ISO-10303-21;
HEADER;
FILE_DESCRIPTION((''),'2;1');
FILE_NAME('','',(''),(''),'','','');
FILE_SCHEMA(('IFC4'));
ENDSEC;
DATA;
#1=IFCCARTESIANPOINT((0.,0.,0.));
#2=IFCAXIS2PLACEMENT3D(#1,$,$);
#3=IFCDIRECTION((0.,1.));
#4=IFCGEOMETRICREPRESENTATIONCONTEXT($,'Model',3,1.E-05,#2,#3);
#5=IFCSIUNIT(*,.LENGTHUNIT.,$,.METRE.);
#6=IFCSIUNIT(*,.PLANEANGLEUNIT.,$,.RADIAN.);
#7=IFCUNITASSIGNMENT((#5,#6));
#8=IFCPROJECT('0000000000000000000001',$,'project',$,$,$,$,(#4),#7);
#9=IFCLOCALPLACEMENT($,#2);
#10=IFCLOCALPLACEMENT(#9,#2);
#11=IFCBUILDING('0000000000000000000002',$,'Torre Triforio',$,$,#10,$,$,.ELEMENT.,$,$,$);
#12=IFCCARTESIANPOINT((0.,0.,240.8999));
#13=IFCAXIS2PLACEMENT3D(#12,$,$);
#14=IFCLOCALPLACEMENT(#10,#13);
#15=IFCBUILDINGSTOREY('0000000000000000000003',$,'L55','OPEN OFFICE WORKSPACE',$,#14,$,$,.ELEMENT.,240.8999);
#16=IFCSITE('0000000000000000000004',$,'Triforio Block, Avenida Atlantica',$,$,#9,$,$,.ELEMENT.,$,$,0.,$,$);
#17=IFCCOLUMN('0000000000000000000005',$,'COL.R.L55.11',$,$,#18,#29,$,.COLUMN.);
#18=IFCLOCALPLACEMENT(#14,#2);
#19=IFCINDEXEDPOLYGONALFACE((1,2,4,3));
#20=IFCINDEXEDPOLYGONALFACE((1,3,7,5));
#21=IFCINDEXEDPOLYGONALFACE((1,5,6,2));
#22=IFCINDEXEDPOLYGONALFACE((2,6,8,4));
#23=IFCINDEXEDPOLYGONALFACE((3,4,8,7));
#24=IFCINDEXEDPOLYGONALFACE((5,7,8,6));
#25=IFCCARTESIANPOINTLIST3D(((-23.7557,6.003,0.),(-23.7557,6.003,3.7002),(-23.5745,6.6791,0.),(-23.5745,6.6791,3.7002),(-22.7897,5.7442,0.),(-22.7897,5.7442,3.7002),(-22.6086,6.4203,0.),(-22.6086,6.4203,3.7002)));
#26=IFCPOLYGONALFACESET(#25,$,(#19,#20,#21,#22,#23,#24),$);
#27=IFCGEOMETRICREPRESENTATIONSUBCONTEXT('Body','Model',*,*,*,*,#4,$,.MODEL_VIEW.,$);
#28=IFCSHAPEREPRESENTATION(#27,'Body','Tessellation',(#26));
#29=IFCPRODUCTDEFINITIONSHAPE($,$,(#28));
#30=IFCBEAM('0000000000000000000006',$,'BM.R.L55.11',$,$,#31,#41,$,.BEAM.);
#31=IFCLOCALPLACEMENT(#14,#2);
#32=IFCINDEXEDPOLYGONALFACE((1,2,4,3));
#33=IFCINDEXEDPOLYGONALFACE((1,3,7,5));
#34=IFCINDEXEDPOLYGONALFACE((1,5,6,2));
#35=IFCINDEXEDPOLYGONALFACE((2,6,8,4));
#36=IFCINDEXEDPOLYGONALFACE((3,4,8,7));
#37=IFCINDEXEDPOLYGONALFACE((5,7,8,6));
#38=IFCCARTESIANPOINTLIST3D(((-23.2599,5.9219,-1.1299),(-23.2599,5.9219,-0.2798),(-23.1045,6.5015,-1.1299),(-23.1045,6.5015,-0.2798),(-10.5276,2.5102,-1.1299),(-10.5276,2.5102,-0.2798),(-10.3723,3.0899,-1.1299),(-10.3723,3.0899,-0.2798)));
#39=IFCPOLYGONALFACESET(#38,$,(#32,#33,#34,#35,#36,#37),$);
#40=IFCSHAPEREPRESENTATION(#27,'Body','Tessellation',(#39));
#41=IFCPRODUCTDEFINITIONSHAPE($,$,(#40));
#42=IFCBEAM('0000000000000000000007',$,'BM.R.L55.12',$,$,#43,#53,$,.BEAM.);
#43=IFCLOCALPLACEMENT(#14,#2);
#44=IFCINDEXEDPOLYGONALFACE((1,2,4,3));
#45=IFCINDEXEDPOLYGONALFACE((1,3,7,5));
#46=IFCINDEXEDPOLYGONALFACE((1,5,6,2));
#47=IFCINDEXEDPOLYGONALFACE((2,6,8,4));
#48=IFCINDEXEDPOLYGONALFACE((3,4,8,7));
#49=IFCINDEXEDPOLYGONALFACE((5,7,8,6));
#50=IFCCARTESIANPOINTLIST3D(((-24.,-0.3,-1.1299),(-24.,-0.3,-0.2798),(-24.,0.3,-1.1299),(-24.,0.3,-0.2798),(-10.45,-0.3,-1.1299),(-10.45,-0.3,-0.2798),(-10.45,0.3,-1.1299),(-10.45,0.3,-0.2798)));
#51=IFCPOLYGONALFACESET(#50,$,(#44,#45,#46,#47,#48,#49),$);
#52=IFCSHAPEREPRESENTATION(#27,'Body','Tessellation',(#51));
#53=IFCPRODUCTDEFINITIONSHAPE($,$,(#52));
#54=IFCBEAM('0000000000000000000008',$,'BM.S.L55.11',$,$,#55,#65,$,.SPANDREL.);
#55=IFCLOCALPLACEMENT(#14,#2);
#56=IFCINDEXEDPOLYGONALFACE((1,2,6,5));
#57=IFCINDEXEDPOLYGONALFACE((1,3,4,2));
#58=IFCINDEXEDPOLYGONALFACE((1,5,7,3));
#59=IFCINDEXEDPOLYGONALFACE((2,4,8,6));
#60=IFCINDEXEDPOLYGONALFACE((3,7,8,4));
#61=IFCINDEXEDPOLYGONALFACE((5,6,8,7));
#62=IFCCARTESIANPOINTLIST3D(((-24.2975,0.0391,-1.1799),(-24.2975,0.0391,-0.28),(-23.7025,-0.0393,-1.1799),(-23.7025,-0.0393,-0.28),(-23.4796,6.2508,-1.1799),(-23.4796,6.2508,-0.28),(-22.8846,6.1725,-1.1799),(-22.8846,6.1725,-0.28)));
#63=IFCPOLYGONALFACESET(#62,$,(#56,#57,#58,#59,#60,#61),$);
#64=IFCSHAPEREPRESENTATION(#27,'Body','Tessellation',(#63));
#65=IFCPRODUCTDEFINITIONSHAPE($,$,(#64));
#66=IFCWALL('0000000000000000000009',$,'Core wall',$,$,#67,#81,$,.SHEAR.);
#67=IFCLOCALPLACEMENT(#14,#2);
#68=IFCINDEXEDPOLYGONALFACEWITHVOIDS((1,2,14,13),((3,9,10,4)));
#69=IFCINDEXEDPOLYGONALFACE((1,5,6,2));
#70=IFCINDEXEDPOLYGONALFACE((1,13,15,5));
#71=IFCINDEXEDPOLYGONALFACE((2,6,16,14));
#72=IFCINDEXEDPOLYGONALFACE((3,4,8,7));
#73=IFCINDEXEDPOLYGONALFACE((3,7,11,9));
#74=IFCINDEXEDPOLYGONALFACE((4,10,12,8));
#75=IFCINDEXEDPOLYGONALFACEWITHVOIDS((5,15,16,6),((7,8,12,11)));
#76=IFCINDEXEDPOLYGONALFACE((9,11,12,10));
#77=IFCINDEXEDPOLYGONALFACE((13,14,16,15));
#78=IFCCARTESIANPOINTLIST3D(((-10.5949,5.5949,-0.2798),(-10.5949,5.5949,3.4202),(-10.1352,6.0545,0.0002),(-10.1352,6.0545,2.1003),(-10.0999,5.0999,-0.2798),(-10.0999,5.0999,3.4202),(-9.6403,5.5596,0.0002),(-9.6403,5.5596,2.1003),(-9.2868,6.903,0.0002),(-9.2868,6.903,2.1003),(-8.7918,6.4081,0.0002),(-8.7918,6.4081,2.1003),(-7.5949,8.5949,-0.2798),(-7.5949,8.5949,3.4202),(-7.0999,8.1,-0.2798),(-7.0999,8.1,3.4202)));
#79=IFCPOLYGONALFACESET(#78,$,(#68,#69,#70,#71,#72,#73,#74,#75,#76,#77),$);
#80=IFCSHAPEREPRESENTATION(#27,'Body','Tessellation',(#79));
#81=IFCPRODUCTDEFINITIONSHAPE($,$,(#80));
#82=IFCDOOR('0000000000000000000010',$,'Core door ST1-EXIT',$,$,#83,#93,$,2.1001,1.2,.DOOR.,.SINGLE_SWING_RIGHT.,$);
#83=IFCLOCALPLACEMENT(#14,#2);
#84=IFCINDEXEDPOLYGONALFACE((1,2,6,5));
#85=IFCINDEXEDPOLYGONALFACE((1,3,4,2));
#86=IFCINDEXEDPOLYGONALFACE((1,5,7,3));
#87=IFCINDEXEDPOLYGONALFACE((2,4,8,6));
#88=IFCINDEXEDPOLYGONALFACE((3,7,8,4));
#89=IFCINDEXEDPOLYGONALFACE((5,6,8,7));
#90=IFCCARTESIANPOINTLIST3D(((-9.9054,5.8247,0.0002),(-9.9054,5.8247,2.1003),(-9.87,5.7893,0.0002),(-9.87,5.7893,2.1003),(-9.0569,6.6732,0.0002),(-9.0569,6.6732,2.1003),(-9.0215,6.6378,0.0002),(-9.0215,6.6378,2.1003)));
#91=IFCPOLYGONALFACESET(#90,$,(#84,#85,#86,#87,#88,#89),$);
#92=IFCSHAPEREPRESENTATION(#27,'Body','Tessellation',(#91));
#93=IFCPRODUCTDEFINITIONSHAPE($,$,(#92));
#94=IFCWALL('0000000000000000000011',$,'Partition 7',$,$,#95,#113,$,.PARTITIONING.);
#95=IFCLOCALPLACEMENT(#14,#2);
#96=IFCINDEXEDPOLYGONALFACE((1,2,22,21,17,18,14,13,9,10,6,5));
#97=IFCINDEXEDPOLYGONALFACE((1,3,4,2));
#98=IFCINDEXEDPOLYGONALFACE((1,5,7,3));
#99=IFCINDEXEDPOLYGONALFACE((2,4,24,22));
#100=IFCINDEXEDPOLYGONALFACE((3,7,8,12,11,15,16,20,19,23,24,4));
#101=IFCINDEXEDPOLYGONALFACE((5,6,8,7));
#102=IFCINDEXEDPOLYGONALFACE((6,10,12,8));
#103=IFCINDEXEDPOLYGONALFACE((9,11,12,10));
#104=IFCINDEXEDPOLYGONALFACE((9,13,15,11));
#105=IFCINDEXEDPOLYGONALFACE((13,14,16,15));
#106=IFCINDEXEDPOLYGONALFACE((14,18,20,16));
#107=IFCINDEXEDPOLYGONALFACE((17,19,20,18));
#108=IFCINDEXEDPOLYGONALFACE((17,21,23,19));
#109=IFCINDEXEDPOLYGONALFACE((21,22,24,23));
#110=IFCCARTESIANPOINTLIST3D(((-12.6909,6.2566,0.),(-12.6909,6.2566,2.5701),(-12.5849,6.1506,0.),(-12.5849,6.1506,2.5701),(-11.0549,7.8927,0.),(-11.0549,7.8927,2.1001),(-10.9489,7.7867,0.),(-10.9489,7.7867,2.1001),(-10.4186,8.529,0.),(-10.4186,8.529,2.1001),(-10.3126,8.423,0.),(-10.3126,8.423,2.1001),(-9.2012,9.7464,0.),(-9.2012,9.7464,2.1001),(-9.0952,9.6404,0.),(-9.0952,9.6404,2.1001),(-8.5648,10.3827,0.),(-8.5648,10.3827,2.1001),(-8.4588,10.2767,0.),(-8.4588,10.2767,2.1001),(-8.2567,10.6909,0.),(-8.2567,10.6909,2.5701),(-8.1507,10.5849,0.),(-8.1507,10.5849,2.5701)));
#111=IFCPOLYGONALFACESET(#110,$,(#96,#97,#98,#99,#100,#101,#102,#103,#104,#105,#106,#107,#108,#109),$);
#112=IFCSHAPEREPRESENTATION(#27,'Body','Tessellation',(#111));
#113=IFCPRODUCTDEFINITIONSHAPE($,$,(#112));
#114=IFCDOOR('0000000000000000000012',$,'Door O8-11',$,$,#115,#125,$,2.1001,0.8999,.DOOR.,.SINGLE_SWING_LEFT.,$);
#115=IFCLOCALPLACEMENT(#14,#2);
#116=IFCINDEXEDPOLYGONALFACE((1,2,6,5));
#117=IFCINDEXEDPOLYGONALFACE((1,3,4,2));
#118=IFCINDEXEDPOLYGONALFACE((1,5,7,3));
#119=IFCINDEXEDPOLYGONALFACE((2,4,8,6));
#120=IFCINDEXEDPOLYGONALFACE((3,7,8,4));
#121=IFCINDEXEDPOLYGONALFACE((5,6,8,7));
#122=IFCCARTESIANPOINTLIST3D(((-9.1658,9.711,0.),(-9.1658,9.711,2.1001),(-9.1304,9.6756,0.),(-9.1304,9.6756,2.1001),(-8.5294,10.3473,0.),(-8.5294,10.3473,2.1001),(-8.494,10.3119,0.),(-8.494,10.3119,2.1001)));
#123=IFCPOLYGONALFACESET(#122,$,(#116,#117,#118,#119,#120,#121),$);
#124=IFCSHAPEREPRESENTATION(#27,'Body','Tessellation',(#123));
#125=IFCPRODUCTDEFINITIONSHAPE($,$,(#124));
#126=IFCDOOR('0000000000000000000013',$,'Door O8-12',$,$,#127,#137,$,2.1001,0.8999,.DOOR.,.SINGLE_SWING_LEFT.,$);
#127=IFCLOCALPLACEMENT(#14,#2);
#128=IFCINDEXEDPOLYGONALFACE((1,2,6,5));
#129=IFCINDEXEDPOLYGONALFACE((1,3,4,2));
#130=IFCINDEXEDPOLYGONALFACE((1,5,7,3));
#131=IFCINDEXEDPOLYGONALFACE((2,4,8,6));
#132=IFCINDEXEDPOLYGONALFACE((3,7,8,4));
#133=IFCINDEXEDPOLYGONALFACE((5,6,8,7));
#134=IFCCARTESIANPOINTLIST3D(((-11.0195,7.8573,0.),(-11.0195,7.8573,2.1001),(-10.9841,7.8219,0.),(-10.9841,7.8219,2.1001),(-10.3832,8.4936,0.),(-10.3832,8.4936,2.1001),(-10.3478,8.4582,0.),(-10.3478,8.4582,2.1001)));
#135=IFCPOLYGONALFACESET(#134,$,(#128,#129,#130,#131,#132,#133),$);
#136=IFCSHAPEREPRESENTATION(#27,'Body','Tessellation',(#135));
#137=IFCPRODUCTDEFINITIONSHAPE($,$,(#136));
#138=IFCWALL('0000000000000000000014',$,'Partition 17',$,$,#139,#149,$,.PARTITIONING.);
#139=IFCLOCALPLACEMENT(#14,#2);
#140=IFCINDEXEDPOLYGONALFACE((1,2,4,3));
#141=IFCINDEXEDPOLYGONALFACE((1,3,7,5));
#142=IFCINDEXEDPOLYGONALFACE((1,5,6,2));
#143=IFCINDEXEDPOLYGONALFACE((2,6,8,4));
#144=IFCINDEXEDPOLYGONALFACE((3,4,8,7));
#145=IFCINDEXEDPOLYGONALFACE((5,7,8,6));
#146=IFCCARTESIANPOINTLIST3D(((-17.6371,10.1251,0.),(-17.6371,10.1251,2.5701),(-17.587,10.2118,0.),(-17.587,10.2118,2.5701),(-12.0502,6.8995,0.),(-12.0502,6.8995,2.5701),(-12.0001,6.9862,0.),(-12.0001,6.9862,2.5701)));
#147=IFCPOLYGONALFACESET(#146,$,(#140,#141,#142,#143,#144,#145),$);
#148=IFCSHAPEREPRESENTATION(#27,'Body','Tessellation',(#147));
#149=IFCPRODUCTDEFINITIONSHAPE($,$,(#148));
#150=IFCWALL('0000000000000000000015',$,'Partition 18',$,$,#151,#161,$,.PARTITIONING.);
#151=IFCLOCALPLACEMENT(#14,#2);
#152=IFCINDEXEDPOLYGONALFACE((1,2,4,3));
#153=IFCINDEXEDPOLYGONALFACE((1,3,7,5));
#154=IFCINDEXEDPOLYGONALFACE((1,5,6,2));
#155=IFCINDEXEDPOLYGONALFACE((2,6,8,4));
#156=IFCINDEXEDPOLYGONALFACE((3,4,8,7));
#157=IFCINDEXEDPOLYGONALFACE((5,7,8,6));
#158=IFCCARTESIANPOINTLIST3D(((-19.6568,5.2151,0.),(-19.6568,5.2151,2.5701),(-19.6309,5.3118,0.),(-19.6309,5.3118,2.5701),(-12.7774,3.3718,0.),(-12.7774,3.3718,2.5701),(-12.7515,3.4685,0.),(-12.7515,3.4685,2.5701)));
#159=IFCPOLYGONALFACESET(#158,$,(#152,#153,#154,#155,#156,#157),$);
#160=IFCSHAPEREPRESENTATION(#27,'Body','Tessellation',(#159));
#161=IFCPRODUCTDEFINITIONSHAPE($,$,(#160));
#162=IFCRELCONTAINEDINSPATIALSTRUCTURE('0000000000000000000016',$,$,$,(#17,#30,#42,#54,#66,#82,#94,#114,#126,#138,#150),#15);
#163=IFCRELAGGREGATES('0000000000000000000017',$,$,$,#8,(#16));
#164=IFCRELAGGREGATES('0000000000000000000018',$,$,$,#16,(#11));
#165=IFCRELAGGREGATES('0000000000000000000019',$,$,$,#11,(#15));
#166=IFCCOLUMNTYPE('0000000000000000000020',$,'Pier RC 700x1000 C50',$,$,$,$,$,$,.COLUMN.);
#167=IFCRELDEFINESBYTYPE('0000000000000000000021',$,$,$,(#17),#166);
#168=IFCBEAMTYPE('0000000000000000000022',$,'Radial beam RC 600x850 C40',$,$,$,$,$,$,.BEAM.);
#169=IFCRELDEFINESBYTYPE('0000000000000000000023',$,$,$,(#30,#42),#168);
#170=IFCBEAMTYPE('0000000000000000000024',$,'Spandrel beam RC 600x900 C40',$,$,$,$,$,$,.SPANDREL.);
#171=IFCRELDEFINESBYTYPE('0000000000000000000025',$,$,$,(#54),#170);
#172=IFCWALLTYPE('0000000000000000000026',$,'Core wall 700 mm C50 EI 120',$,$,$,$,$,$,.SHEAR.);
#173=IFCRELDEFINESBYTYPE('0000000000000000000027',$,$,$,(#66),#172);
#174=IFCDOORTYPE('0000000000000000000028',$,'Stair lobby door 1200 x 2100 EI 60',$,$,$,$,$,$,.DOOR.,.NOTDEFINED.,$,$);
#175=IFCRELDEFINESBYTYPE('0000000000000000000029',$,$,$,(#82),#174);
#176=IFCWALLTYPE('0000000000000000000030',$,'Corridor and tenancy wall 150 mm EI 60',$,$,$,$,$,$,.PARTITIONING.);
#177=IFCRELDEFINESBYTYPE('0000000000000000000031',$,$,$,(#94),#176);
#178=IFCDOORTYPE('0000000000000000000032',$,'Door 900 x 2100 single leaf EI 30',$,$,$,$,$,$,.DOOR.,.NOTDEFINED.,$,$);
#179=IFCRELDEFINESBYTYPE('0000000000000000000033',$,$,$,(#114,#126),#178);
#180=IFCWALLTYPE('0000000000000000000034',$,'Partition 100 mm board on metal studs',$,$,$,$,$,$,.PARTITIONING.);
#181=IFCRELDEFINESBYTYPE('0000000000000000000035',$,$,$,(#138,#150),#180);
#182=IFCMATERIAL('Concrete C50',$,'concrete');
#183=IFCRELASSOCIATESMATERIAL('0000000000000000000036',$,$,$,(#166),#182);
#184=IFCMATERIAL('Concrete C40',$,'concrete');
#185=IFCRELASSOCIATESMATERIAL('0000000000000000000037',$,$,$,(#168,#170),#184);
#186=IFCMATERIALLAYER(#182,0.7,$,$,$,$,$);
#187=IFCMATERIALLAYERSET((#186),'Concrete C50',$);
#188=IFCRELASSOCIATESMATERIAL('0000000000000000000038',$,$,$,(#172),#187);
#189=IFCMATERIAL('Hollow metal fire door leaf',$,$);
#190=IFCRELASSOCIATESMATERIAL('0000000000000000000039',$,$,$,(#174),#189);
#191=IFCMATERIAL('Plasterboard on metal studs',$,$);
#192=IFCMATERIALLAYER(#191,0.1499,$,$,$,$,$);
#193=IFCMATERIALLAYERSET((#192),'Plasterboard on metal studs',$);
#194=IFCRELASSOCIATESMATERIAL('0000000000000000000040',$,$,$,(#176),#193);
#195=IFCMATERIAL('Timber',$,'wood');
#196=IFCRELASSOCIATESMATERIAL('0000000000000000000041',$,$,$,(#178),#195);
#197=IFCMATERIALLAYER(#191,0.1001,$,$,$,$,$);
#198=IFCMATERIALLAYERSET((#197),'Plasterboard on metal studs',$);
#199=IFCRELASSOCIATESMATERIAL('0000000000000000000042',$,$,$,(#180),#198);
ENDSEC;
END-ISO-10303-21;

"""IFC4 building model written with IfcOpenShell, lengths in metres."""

from ifc_helpers import new_model, si_unit, direction, frame, frame_2d, origin, origin_2d, place, context, subcontext, project, spatial, rectangle, extrude, material, layer, layer_set, material_profile, profile_set, type_object, element, fill, save


model = new_model("IFC4")

# Units and contexts
model_context = context("Model", 3, precision=1e-05, world=origin(), true_north=direction((0.0, 1.0)))
body_context = subcontext(model_context, "Body", "Model", "MODEL_VIEW")
ifc_project = project(units=[si_unit("LENGTHUNIT", "METRE"), si_unit("PLANEANGLEUNIT", "RADIAN")], contexts=[model_context])

# Site, building, storey
site_placement = place(None, origin())
site = spatial("IfcSite", under=ifc_project, at=site_placement, Name="Triforio Block, Avenida Atlantica", CompositionType="ELEMENT", RefElevation=0.0)
building_placement = place(site_placement, origin())
building = spatial("IfcBuilding", under=site, at=building_placement, Name="Torre Triforio", CompositionType="ELEMENT")
storey_placement = place(building_placement, frame((0.0, 0.0, 240.8999)))
storey = spatial("IfcBuildingStorey", under=building, at=storey_placement, Name="L55", Description="OPEN OFFICE WORKSPACE", CompositionType="ELEMENT", Elevation=240.8999)

# Column
ifc_material_1 = material(Name="Concrete C50", Category="concrete")
ifc_material_profile_1 = material_profile(ifc_material_1, rectangle(XDim=0.7, YDim=1.0, at=origin_2d()), Name="RC 700x1000")
ifc_profile_set_1 = profile_set([ifc_material_profile_1], Name="Concrete C50")
column_type = type_object("IfcColumnType", Name="Pier RC 700x1000 C50", PredefinedType="COLUMN", material=ifc_profile_set_1)
column_placement = place(storey_placement, frame((-23.1821, 6.2117, 0.0), z_axis=(0.0, 0.0, 1.0), x_axis=(-0.258819, -0.965926, 0.0)))
element("IfcColumn", 1, at=column_placement, inside=storey, type_object=column_type, Name="COL.R.L55.11", PredefinedType="COLUMN", context=body_context, shape_type="SweptSolid", body=[
    extrude(rectangle(XDim=0.7, YDim=1.0, at=origin_2d()), origin(), (0.0, 0.0, 1.0), 3.7002),
])

# Beams
ifc_material_2 = material(Name="Concrete C40", Category="concrete")
ifc_material_profile_2 = material_profile(ifc_material_2, rectangle(XDim=0.6001, YDim=0.8501, at=origin_2d()), Name="RC 600x850")
ifc_profile_set_2 = profile_set([ifc_material_profile_2], Name="Concrete C40")
beam_type_1 = type_object("IfcBeamType", Name="Radial beam RC 600x850 C40", PredefinedType="BEAM", material=ifc_profile_set_2)
beam_1_placement = place(storey_placement, frame((-10.45, 2.8, -0.7048), z_axis=(-0.965925, 0.258822, 0.0), x_axis=(-0.258822, -0.965925, 0.0)))
element("IfcBeam", 2, at=beam_1_placement, inside=storey, type_object=beam_type_1, Name="BM.R.L55.11", PredefinedType="BEAM", context=body_context, shape_type="SweptSolid", body=[
    extrude(rectangle(XDim=0.6001, YDim=0.8501, at=origin_2d()), origin(), (0.0, 0.0, 1.0), 13.1814),
])
beam_2_placement = place(storey_placement, frame((-10.45, 0.0, -0.7048), z_axis=(-1.0, 0.0, 0.0), x_axis=(0.0, -1.0, 0.0)))
element("IfcBeam", 3, at=beam_2_placement, inside=storey, type_object=beam_type_1, Name="BM.R.L55.12", PredefinedType="BEAM", context=body_context, shape_type="SweptSolid", body=[
    extrude(rectangle(XDim=0.6001, YDim=0.8501, at=origin_2d()), origin(), (0.0, 0.0, 1.0), 13.55),
])
ifc_material_profile_3 = material_profile(ifc_material_2, rectangle(XDim=0.6001, YDim=0.8999, at=origin_2d()), Name="RC 600x900")
ifc_profile_set_3 = profile_set([ifc_material_profile_3], Name="Concrete C40")
beam_type_2 = type_object("IfcBeamType", Name="Spandrel beam RC 600x900 C40", PredefinedType="SPANDREL", material=ifc_profile_set_3)
beam_3_placement = place(storey_placement, frame((-23.1821, 6.2117, -0.73), z_axis=(-0.13054, -0.991443, 0.0), x_axis=(0.991443, -0.13054, 0.0)))
element("IfcBeam", 4, at=beam_3_placement, inside=storey, type_object=beam_type_2, Name="BM.S.L55.11", PredefinedType="SPANDREL", context=body_context, shape_type="SweptSolid", body=[
    extrude(rectangle(XDim=0.6001, YDim=0.8999, at=origin_2d()), origin(), (0.0, 0.0, 1.0), 6.2654),
])

# Wall, opening, door
ifc_layer_1 = layer(ifc_material_1, 0.7)
ifc_layer_set_1 = layer_set([ifc_layer_1], Name="Concrete C50")
wall_type_1 = type_object("IfcWallType", Name="Core wall 700 mm C50 EI 120", PredefinedType="SHEAR", material=ifc_layer_set_1)
wall_1_placement = place(storey_placement, frame((-10.3474, 5.3474, -0.2798), z_axis=(0.0, 0.0, 1.0), x_axis=(0.707107, 0.707107, 0.0)))
wall_1 = element("IfcWall", 5, at=wall_1_placement, inside=storey, type_object=wall_type_1, Name="Core wall", PredefinedType="SHEAR", context=body_context, shape_type="SweptSolid", body=[
    extrude(rectangle(XDim=4.2427, YDim=0.7, at=frame_2d((2.1213, 0.0))), origin(), (0.0, 0.0, 1.0), 3.7),
])
opening_1_placement = place(wall_1_placement, frame((0.6499, 0.0, 0.28)))
opening_1 = element("IfcOpeningElement", 6, at=opening_1_placement, cuts=wall_1, PredefinedType="OPENING", context=body_context, shape_type="SweptSolid", body=[
    extrude(rectangle(XDim=1.2, YDim=2.1001, at=frame_2d((0.6001, 1.05))), frame((0.0, 0.3599, 0.0), z_axis=(0.0, -1.0, 0.0), x_axis=(1.0, 0.0, 0.0)), (0.0, 0.0, 1.0), 0.72),
])
ifc_material_3 = material(Name="Hollow metal fire door leaf")
door_type_1 = type_object("IfcDoorType", Name="Stair lobby door 1200 x 2100 EI 60", OperationType="NOTDEFINED", PredefinedType="DOOR", material=ifc_material_3)
door_1_placement = place(opening_1_placement, origin())
door_1 = element("IfcDoor", 7, at=door_1_placement, inside=storey, type_object=door_type_1, Name="Core door ST1-EXIT", OperationType="SINGLE_SWING_RIGHT", OverallHeight=2.1001, OverallWidth=1.2, PredefinedType="DOOR", context=body_context, shape_type="SweptSolid", body=[
    extrude(rectangle(XDim=1.2, YDim=2.1001, at=frame_2d((0.6001, 1.05))), frame((0.0, 0.0249, 0.0), z_axis=(0.0, -1.0, 0.0), x_axis=(1.0, 0.0, 0.0)), (0.0, 0.0, 1.0), 0.05),
])
fill(opening_1, door_1)

# Wall, openings, doors
ifc_material_4 = material(Name="Plasterboard on metal studs")
ifc_layer_2 = layer(ifc_material_4, 0.1499)
ifc_layer_set_2 = layer_set([ifc_layer_2], Name="Plasterboard on metal studs")
wall_type_2 = type_object("IfcWallType", Name="Corridor and tenancy wall 150 mm EI 60", PredefinedType="PARTITIONING", material=ifc_layer_set_2)
wall_2_placement = place(storey_placement, frame((-12.6379, 6.2036, 0.0), z_axis=(0.0, 0.0, 1.0), x_axis=(0.707107, 0.707107, 0.0)))
wall_2 = element("IfcWall", 8, at=wall_2_placement, inside=storey, type_object=wall_type_2, Name="Partition 7", PredefinedType="PARTITIONING", context=body_context, shape_type="SweptSolid", body=[
    extrude(rectangle(XDim=6.271, YDim=0.1499, at=frame_2d((3.1355, 0.0))), origin(), (0.0, 0.0, 1.0), 2.5701),
])
opening_2_placement = place(wall_2_placement, frame((4.9353, 0.0, 0.0)))
opening_2 = element("IfcOpeningElement", 9, at=opening_2_placement, cuts=wall_2, PredefinedType="OPENING", context=body_context, shape_type="SweptSolid", body=[
    extrude(rectangle(XDim=0.8999, YDim=2.1001, at=frame_2d((0.45, 1.05))), frame((0.0, 0.085, 0.0), z_axis=(0.0, -1.0, 0.0), x_axis=(1.0, 0.0, 0.0)), (0.0, 0.0, 1.0), 0.1699),
])
opening_3_placement = place(wall_2_placement, frame((2.3137, 0.0, 0.0)))
opening_3 = element("IfcOpeningElement", 10, at=opening_3_placement, cuts=wall_2, PredefinedType="OPENING", context=body_context, shape_type="SweptSolid", body=[
    extrude(rectangle(XDim=0.8999, YDim=2.1001, at=frame_2d((0.45, 1.05))), frame((0.0, 0.085, 0.0), z_axis=(0.0, -1.0, 0.0), x_axis=(1.0, 0.0, 0.0)), (0.0, 0.0, 1.0), 0.1699),
])
ifc_material_5 = material(Name="Timber", Category="wood")
door_type_2 = type_object("IfcDoorType", Name="Door 900 x 2100 single leaf EI 30", OperationType="NOTDEFINED", PredefinedType="DOOR", material=ifc_material_5)
door_2_placement = place(opening_2_placement, origin())
door_2 = element("IfcDoor", 11, at=door_2_placement, inside=storey, type_object=door_type_2, Name="Door O8-11", OperationType="SINGLE_SWING_LEFT", OverallHeight=2.1001, OverallWidth=0.8999, PredefinedType="DOOR", context=body_context, shape_type="SweptSolid", body=[
    extrude(rectangle(XDim=0.8999, YDim=2.1001, at=frame_2d((0.45, 1.05))), frame((0.0, 0.0249, 0.0), z_axis=(0.0, -1.0, 0.0), x_axis=(1.0, 0.0, 0.0)), (0.0, 0.0, 1.0), 0.05),
])
fill(opening_2, door_2)
door_3_placement = place(opening_3_placement, origin())
door_3 = element("IfcDoor", 12, at=door_3_placement, inside=storey, type_object=door_type_2, Name="Door O8-12", OperationType="SINGLE_SWING_LEFT", OverallHeight=2.1001, OverallWidth=0.8999, PredefinedType="DOOR", context=body_context, shape_type="SweptSolid", body=[
    extrude(rectangle(XDim=0.8999, YDim=2.1001, at=frame_2d((0.45, 1.05))), frame((0.0, 0.0249, 0.0), z_axis=(0.0, -1.0, 0.0), x_axis=(1.0, 0.0, 0.0)), (0.0, 0.0, 1.0), 0.05),
])
fill(opening_3, door_3)

# Walls
ifc_layer_3 = layer(ifc_material_4, 0.1001)
ifc_layer_set_3 = layer_set([ifc_layer_3], Name="Plasterboard on metal studs")
wall_type_3 = type_object("IfcWallType", Name="Partition 100 mm board on metal studs", PredefinedType="PARTITIONING", material=ifc_layer_set_3)
wall_3_placement = place(storey_placement, frame((-12.0251, 6.9429, 0.0), z_axis=(0.0, 0.0, 1.0), x_axis=(-0.866027, 0.499998, 0.0)))
element("IfcWall", 13, at=wall_3_placement, inside=storey, type_object=wall_type_3, Name="Partition 17", PredefinedType="PARTITIONING", context=body_context, shape_type="SweptSolid", body=[
    extrude(rectangle(XDim=6.4512, YDim=0.1001, at=frame_2d((3.2256, 0.0))), origin(), (0.0, 0.0, 1.0), 2.5701),
])
wall_4_placement = place(storey_placement, frame((-12.7644, 3.4202, 0.0), z_axis=(0.0, 0.0, 1.0), x_axis=(-0.965928, 0.25881, 0.0)))
element("IfcWall", 14, at=wall_4_placement, inside=storey, type_object=wall_type_3, Name="Partition 18", PredefinedType="PARTITIONING", context=body_context, shape_type="SweptSolid", body=[
    extrude(rectangle(XDim=7.1221, YDim=0.1001, at=frame_2d((3.561, 0.0))), origin(), (0.0, 0.0, 1.0), 2.5701),
])

save(model, "model.ifc")
